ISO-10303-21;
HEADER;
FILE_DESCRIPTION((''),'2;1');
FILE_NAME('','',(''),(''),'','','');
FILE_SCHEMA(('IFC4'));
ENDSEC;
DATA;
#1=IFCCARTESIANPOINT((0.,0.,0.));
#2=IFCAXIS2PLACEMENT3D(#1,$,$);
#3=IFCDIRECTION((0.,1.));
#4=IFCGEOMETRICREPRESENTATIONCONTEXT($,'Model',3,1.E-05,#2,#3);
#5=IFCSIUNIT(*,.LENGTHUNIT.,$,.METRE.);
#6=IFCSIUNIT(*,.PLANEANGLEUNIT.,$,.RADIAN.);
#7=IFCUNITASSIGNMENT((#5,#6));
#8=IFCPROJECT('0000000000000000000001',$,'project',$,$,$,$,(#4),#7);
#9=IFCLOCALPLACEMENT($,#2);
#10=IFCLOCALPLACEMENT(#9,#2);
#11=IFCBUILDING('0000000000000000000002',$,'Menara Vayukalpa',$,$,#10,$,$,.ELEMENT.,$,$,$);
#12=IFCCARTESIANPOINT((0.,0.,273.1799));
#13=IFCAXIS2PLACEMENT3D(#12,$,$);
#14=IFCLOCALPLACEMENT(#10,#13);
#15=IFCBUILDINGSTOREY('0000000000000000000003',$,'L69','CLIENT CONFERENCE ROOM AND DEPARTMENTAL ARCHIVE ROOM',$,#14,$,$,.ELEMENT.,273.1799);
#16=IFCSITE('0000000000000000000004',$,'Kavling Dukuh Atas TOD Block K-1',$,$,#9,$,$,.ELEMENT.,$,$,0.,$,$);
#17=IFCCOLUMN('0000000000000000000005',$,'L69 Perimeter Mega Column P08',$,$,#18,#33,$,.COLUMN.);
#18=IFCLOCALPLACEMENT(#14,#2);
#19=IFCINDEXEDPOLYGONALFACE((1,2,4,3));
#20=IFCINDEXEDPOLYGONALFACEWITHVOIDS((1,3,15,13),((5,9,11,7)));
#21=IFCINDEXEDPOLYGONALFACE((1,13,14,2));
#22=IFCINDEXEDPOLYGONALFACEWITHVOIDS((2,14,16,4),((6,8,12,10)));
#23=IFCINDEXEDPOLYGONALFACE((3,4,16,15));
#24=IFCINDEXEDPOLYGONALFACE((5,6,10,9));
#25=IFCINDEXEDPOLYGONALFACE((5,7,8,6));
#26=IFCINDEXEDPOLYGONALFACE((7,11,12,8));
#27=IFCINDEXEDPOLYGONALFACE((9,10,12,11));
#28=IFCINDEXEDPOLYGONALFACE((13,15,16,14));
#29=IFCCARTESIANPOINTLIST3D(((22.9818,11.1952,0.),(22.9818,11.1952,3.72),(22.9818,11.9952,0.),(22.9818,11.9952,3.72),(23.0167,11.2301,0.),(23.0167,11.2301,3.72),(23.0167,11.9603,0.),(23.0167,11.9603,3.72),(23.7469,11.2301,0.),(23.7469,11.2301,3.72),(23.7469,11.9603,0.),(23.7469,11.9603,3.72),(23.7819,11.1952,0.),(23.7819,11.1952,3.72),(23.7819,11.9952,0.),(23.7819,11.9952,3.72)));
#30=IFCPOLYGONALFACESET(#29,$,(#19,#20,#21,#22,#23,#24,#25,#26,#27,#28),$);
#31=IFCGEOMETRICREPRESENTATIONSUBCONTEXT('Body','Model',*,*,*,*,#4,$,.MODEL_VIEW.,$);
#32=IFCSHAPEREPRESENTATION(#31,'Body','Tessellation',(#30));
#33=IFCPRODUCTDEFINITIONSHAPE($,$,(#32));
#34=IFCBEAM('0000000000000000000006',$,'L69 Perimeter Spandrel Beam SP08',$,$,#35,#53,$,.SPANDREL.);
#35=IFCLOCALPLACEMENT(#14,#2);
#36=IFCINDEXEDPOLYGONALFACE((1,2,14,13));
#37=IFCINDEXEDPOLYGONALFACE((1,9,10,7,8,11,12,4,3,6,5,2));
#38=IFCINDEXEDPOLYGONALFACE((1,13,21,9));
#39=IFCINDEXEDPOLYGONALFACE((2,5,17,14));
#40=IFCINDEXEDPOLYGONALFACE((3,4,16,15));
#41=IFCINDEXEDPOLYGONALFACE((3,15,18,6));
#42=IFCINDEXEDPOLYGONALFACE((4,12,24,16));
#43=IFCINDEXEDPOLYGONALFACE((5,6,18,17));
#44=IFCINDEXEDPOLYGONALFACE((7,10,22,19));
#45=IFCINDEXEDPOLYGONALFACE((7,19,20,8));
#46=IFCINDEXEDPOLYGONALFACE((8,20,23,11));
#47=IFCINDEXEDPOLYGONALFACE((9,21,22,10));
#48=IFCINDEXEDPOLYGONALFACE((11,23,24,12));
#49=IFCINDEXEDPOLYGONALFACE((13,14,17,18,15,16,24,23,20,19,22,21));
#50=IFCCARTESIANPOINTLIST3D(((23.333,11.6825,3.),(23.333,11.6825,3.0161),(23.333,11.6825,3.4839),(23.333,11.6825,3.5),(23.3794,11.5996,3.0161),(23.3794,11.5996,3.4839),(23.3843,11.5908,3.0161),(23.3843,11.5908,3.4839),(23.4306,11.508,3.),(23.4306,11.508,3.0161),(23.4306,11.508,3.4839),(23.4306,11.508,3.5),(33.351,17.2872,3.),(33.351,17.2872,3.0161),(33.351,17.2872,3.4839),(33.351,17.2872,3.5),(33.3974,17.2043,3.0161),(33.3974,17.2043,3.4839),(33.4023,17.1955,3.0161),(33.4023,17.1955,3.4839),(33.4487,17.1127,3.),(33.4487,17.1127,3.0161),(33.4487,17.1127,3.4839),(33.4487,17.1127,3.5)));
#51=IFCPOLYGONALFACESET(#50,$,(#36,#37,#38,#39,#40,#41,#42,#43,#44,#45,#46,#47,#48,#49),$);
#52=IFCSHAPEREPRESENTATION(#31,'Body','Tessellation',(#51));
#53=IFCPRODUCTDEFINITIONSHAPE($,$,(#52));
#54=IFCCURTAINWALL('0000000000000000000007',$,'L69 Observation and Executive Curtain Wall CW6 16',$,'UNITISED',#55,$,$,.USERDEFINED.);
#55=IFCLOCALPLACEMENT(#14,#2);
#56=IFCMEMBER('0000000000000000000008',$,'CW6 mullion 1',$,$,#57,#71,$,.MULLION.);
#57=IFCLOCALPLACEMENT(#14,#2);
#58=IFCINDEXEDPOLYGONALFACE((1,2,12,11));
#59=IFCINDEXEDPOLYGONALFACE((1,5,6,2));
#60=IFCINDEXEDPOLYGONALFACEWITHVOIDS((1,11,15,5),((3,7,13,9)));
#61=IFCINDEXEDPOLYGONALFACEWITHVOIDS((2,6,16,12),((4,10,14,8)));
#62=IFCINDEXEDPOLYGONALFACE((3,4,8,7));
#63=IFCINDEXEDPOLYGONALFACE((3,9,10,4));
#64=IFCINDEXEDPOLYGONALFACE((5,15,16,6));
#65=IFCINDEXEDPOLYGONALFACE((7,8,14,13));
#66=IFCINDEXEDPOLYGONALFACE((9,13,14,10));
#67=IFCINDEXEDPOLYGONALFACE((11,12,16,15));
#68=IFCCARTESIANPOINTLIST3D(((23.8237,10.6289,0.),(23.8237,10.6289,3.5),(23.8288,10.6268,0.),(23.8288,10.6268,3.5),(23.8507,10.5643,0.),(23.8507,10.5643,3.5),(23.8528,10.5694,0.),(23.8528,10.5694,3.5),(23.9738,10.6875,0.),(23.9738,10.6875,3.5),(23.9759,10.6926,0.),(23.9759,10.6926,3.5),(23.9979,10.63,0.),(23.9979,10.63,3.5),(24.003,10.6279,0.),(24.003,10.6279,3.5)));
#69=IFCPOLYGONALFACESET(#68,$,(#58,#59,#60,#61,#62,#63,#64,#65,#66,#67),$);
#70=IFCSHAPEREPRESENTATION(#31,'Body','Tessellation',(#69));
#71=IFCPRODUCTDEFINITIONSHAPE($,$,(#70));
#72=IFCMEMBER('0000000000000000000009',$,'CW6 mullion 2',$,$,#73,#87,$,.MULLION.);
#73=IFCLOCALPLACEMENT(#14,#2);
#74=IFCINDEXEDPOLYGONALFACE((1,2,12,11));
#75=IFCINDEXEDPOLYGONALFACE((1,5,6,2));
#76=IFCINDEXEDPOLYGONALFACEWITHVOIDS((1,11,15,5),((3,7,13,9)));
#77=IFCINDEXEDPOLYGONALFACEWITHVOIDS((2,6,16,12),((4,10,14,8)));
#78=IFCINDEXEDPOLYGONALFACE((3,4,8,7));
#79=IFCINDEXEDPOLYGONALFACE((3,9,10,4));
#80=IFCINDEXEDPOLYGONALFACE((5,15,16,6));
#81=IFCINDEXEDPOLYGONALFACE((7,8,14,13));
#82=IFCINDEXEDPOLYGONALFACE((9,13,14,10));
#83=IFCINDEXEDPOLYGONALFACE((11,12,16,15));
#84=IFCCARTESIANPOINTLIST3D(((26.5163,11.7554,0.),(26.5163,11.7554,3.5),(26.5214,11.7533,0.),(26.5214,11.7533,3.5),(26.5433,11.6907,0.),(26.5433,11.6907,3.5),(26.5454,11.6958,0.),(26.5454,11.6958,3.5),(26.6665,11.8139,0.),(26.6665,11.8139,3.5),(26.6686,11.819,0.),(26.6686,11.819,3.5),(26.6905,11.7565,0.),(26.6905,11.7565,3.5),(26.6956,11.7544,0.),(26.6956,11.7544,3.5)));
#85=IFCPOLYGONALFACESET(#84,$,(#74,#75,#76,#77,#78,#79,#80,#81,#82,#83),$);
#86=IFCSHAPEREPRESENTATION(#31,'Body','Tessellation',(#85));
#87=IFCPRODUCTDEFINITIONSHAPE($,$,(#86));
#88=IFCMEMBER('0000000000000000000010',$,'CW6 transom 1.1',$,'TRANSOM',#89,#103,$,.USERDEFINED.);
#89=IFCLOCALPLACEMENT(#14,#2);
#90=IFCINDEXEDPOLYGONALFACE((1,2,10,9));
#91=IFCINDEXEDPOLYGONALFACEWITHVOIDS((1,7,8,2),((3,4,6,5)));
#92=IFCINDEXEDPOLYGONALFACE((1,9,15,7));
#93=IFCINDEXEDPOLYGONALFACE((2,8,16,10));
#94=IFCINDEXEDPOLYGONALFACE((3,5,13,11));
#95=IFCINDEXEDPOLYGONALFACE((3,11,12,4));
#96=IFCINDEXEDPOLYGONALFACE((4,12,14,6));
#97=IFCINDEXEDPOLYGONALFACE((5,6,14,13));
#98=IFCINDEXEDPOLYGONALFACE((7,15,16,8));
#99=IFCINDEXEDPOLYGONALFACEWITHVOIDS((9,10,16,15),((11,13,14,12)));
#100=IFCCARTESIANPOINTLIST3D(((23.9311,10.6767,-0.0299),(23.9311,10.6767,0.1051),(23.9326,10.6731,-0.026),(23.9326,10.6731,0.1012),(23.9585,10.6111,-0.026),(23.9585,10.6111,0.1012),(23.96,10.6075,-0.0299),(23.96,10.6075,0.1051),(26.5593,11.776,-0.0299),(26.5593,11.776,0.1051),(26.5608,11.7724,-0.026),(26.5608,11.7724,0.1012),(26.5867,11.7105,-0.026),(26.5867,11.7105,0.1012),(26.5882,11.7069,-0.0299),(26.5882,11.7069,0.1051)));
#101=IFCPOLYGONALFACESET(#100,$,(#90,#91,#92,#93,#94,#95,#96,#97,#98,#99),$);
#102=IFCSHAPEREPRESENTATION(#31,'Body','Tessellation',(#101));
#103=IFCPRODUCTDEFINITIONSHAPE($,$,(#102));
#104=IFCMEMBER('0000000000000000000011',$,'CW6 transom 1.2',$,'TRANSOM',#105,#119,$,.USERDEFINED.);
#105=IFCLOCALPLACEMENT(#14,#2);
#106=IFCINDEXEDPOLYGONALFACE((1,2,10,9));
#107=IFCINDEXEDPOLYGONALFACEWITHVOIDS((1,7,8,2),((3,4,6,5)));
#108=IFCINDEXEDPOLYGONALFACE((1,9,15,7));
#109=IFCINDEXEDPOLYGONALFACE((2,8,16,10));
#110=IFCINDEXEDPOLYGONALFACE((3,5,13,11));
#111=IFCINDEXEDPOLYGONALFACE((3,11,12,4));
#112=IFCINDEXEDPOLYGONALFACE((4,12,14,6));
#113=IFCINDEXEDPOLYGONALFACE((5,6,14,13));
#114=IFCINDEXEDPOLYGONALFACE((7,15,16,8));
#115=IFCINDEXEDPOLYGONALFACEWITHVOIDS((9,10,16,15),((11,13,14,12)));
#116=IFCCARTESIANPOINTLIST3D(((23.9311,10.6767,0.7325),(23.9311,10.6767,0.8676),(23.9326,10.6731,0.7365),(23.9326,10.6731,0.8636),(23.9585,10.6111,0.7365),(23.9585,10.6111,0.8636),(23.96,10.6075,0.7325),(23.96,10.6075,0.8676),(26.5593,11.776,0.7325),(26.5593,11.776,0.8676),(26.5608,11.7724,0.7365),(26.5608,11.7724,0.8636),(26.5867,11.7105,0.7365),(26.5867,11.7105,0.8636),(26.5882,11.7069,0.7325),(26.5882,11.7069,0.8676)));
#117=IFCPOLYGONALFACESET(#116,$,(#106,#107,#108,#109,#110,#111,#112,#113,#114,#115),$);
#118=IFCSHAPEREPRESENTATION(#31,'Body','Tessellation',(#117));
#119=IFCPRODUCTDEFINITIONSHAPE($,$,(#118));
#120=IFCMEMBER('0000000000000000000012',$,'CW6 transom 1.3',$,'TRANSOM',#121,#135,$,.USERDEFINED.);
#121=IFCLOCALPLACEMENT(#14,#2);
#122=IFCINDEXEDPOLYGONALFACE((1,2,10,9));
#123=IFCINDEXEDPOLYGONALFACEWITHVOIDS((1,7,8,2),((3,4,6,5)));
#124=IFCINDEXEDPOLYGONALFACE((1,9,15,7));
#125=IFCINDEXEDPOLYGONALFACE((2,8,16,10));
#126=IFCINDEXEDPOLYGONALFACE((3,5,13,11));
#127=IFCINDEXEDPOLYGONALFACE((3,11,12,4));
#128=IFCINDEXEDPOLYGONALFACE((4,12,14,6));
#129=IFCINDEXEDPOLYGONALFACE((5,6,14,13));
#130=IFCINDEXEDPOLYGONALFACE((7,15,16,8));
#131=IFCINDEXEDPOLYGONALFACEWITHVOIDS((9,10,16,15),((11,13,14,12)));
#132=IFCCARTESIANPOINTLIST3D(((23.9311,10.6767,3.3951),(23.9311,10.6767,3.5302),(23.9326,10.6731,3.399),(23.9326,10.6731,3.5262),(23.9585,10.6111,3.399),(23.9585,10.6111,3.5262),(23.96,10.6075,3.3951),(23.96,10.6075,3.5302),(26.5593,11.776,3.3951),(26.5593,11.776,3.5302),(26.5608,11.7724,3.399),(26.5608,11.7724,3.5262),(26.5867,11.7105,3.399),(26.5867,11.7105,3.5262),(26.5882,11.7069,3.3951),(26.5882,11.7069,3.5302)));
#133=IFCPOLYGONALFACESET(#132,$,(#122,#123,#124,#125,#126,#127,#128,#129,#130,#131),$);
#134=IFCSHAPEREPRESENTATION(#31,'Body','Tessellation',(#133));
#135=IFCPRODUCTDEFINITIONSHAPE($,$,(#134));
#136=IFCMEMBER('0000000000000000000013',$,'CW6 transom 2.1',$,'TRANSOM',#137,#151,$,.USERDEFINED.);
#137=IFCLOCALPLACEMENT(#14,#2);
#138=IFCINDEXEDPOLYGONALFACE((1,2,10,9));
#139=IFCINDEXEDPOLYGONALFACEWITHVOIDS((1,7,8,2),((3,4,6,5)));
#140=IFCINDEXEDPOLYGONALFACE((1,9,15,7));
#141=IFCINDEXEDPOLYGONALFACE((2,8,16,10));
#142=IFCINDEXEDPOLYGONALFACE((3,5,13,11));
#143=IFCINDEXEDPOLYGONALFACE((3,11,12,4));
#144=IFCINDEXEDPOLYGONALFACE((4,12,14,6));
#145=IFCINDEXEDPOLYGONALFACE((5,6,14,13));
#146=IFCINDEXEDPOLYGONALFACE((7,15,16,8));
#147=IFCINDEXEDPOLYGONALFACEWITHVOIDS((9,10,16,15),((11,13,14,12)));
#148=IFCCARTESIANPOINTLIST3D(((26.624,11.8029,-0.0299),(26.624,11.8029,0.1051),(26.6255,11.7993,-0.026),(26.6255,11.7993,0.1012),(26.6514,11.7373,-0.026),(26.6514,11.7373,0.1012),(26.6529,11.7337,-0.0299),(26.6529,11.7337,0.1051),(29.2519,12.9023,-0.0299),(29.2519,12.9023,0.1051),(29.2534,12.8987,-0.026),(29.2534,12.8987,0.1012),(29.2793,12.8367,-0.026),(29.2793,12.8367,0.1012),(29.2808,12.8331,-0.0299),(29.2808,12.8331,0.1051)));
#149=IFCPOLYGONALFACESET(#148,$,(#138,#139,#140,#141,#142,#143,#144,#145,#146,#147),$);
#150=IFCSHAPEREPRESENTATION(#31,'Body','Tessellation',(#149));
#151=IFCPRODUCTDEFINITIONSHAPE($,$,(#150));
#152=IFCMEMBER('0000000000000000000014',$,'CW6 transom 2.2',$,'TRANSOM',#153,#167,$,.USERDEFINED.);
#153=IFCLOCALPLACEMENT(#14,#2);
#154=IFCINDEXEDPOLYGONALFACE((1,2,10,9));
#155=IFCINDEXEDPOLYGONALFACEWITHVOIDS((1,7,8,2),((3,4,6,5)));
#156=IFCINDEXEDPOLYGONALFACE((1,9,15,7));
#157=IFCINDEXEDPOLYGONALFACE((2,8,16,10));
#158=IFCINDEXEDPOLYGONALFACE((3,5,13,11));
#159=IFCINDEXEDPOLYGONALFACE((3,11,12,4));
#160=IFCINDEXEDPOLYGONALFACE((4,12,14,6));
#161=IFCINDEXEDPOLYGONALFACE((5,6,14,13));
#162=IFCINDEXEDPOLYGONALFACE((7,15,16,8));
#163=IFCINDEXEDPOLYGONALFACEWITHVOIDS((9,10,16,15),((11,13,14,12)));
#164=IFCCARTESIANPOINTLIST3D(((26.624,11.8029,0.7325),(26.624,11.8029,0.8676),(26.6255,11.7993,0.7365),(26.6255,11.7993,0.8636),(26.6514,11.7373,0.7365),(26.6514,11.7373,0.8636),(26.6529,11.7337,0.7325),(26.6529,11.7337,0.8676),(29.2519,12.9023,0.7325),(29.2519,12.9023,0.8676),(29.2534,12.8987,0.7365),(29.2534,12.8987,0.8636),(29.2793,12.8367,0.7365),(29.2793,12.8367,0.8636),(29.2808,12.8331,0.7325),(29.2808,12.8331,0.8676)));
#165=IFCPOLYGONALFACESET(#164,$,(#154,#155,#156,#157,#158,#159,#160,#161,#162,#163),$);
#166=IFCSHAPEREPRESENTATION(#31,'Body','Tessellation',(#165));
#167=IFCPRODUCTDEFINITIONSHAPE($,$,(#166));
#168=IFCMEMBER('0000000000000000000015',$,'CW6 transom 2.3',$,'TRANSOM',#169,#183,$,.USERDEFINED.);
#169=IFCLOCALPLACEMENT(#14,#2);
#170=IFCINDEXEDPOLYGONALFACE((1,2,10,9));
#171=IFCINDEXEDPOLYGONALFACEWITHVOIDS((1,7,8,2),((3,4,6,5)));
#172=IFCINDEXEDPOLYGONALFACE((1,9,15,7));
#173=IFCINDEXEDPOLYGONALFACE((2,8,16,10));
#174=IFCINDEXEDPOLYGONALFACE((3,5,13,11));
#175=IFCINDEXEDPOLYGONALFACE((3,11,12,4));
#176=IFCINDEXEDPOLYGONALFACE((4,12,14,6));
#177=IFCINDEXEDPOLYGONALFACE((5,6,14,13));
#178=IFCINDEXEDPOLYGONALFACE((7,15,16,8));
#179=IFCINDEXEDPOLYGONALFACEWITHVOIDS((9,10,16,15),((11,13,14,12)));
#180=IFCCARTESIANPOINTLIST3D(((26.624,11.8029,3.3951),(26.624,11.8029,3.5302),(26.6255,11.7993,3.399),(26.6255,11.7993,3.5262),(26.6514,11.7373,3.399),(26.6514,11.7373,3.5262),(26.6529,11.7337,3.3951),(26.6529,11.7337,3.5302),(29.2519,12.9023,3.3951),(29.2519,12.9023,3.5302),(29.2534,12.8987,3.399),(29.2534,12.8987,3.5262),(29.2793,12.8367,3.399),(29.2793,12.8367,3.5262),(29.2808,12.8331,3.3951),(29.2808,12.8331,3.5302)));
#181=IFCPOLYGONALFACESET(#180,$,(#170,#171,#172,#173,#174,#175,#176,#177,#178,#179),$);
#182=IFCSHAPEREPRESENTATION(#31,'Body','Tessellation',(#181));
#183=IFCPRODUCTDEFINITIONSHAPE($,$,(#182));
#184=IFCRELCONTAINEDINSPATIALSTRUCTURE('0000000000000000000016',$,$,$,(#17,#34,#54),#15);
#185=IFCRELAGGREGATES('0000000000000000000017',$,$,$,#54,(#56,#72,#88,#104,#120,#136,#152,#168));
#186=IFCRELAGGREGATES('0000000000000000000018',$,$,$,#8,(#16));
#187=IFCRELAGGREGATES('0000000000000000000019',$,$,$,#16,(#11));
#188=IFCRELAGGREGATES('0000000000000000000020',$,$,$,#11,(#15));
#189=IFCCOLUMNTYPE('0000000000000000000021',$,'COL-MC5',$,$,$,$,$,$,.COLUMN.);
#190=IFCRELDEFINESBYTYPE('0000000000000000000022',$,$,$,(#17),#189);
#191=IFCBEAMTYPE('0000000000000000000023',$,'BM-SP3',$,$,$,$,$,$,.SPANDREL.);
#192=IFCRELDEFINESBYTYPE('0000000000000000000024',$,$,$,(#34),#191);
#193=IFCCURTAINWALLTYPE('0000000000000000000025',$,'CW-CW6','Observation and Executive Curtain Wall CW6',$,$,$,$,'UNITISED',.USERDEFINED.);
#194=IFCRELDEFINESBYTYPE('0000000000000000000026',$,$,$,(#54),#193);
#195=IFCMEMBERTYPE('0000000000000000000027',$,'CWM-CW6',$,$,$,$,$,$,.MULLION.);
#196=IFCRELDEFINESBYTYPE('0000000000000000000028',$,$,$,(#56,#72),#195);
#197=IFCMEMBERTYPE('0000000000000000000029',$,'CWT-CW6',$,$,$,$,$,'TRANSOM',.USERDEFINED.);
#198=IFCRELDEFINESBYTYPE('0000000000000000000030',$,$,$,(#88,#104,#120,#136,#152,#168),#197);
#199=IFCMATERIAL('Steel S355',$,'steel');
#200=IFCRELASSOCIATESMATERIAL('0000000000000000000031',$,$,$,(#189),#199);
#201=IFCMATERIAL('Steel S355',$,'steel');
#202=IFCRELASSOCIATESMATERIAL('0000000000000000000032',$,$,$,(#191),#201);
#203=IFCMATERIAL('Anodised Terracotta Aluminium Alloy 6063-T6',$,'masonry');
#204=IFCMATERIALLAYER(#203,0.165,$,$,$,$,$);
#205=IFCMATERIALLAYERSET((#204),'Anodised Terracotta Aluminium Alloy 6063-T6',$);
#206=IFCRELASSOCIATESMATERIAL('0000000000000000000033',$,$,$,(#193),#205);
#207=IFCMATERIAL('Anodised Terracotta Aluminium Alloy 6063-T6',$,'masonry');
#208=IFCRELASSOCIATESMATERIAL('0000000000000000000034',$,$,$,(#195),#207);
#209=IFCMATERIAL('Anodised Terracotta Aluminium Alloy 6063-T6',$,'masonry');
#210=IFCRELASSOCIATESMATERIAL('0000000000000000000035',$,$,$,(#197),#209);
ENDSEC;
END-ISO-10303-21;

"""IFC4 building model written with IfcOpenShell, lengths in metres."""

from ifc_helpers import new_model, si_unit, direction, frame, origin, origin_2d, place, context, subcontext, project, spatial, hollow_rectangle, i_section, extrude, material, layer, layer_set, material_profile, profile_set, type_object, element, aggregate, save


model = new_model("IFC4")

# Units and contexts
model_context = context("Model", 3, precision=1e-05, world=origin(), true_north=direction((0.0, 1.0)))
body_context = subcontext(model_context, "Body", "Model", "MODEL_VIEW")
ifc_project = project(units=[si_unit("LENGTHUNIT", "METRE"), si_unit("PLANEANGLEUNIT", "RADIAN")], contexts=[model_context])

# Site, building, storey
site_placement = place(None, origin())
site = spatial("IfcSite", under=ifc_project, at=site_placement, Name="Kavling Dukuh Atas TOD Block K-1", CompositionType="ELEMENT", RefElevation=0.0)
building_placement = place(site_placement, origin())
building = spatial("IfcBuilding", under=site, at=building_placement, Name="Menara Vayukalpa", CompositionType="ELEMENT")
storey_placement = place(building_placement, frame((0.0, 0.0, 273.1799)))
storey = spatial("IfcBuildingStorey", under=building, at=storey_placement, Name="L69", Description="CLIENT CONFERENCE ROOM AND DEPARTMENTAL ARCHIVE ROOM", CompositionType="ELEMENT", Elevation=273.1799)

# Column
ifc_material_1 = material(Name="Steel S355", Category="steel")
ifc_material_profile_1 = material_profile(ifc_material_1, hollow_rectangle(XDim=0.8, YDim=0.8, WallThickness=0.0349, at=origin_2d()), Name="BOX 800x800x35")
ifc_profile_set_1 = profile_set([ifc_material_profile_1], Name="Steel S355")
column_type = type_object("IfcColumnType", Name="COL-MC5", PredefinedType="COLUMN", material=ifc_profile_set_1)
column_placement = place(storey_placement, frame((23.3818, 11.5952, 0.0), z_axis=(0.0, 0.0, 1.0), x_axis=(1.0, 0.0, 0.0)))
element("IfcColumn", 1, at=column_placement, inside=storey, type_object=column_type, Name="L69 Perimeter Mega Column P08", PredefinedType="COLUMN", context=body_context, shape_type="SweptSolid", body=[
    extrude(hollow_rectangle(XDim=0.8, YDim=0.8, WallThickness=0.0349, at=origin_2d()), origin(), (0.0, 0.0, 1.0), 3.72),
])

# Beam
ifc_material_2 = material(Name="Steel S355", Category="steel")
ifc_material_profile_2 = material_profile(ifc_material_2, i_section(OverallWidth=0.2, OverallDepth=0.5, WebThickness=0.01, FlangeThickness=0.0161, at=origin_2d()), Name="WF 500x200x10x16")
ifc_profile_set_2 = profile_set([ifc_material_profile_2], Name="Steel S355")
beam_type = type_object("IfcBeamType", Name="BM-SP3", PredefinedType="SPANDREL", material=ifc_profile_set_2)
beam_placement = place(storey_placement, frame((23.3818, 11.5952, 3.25), z_axis=(0.872706, 0.488246, 0.0), x_axis=(-0.488246, 0.872706, 0.0)))
element("IfcBeam", 2, at=beam_placement, inside=storey, type_object=beam_type, Name="L69 Perimeter Spandrel Beam SP08", PredefinedType="SPANDREL", context=body_context, shape_type="SweptSolid", body=[
    extrude(i_section(OverallWidth=0.2, OverallDepth=0.5, WebThickness=0.01, FlangeThickness=0.0161, at=origin_2d()), origin(), (0.0, 0.0, 1.0), 11.4792),
])

# Curtain wall, members
ifc_material_3 = material(Name="Anodised Terracotta Aluminium Alloy 6063-T6", Category="masonry")
ifc_layer_1 = layer(ifc_material_3, 0.165)
ifc_layer_set_1 = layer_set([ifc_layer_1], Name="Anodised Terracotta Aluminium Alloy 6063-T6")
curtain_wall_type = type_object("IfcCurtainWallType", Name="CW-CW6", Description="Observation and Executive Curtain Wall CW6", ElementType="UNITISED", PredefinedType="USERDEFINED", material=ifc_layer_set_1)
curtain_wall_placement = place(storey_placement, origin())
curtain_wall = element("IfcCurtainWall", 3, at=curtain_wall_placement, inside=storey, type_object=curtain_wall_type, Name="L69 Observation and Executive Curtain Wall CW6 16", ObjectType="UNITISED", PredefinedType="USERDEFINED")
ifc_material_4 = material(Name="Anodised Terracotta Aluminium Alloy 6063-T6", Category="masonry")
ifc_material_profile_3 = material_profile(ifc_material_4, hollow_rectangle(XDim=0.0701, YDim=0.165, WallThickness=0.0039, at=origin_2d()), Name="ALU 70x165x4")
ifc_profile_set_3 = profile_set([ifc_material_profile_3], Name="Anodised Terracotta Aluminium Alloy 6063-T6")
member_type_1 = type_object("IfcMemberType", Name="CWM-CW6", PredefinedType="MULLION", material=ifc_profile_set_3)
member_1_placement = place(storey_placement, frame((23.9133, 10.6284, 0.0), z_axis=(0.0, 0.0, 1.0), x_axis=(-0.3859, 0.922541, 0.0)))
member_1 = element("IfcMember", 4, at=member_1_placement, type_object=member_type_1, Name="CW6 mullion 1", PredefinedType="MULLION", context=body_context, shape_type="SweptSolid", body=[
    extrude(hollow_rectangle(XDim=0.0701, YDim=0.165, WallThickness=0.0039, at=origin_2d()), origin(), (0.0, 0.0, 1.0), 3.5),
])
member_2_placement = place(storey_placement, frame((26.606, 11.7549, 0.0), z_axis=(0.0, 0.0, 1.0), x_axis=(-0.3859, 0.922541, 0.0)))
member_2 = element("IfcMember", 5, at=member_2_placement, type_object=member_type_1, Name="CW6 mullion 2", PredefinedType="MULLION", context=body_context, shape_type="SweptSolid", body=[
    extrude(hollow_rectangle(XDim=0.0701, YDim=0.165, WallThickness=0.0039, at=origin_2d()), origin(), (0.0, 0.0, 1.0), 3.5),
])
ifc_material_5 = material(Name="Anodised Terracotta Aluminium Alloy 6063-T6", Category="masonry")
ifc_material_profile_4 = material_profile(ifc_material_5, hollow_rectangle(XDim=0.075, YDim=0.135, WallThickness=0.0039, at=origin_2d()), Name="ALU 75x135x4")
ifc_profile_set_4 = profile_set([ifc_material_profile_4], Name="Anodised Terracotta Aluminium Alloy 6063-T6")
member_type_2 = type_object("IfcMemberType", Name="CWT-CW6", ElementType="TRANSOM", PredefinedType="USERDEFINED", material=ifc_profile_set_4)
member_3_placement = place(storey_placement, frame((23.9456, 10.6421, 0.0376), z_axis=(0.922541, 0.385899, 0.0), x_axis=(-0.385899, 0.922541, 0.0)))
member_3 = element("IfcMember", 6, at=member_3_placement, type_object=member_type_2, Name="CW6 transom 1.1", ObjectType="TRANSOM", PredefinedType="USERDEFINED", context=body_context, shape_type="SweptSolid", body=[
    extrude(hollow_rectangle(XDim=0.075, YDim=0.135, WallThickness=0.0039, at=origin_2d()), origin(), (0.0, 0.0, 1.0), 2.8489),
])
member_4_placement = place(storey_placement, frame((23.9456, 10.6421, 0.8), z_axis=(0.922541, 0.385899, 0.0), x_axis=(-0.385899, 0.922541, 0.0)))
member_4 = element("IfcMember", 7, at=member_4_placement, type_object=member_type_2, Name="CW6 transom 1.2", ObjectType="TRANSOM", PredefinedType="USERDEFINED", context=body_context, shape_type="SweptSolid", body=[
    extrude(hollow_rectangle(XDim=0.075, YDim=0.135, WallThickness=0.0039, at=origin_2d()), origin(), (0.0, 0.0, 1.0), 2.8489),
])
member_5_placement = place(storey_placement, frame((23.9456, 10.6421, 3.4626), z_axis=(0.922541, 0.385899, 0.0), x_axis=(-0.385899, 0.922541, 0.0)))
member_5 = element("IfcMember", 8, at=member_5_placement, type_object=member_type_2, Name="CW6 transom 1.3", ObjectType="TRANSOM", PredefinedType="USERDEFINED", context=body_context, shape_type="SweptSolid", body=[
    extrude(hollow_rectangle(XDim=0.075, YDim=0.135, WallThickness=0.0039, at=origin_2d()), origin(), (0.0, 0.0, 1.0), 2.8489),
])
member_6_placement = place(storey_placement, frame((26.6384, 11.7683, 0.0376), z_axis=(0.922528, 0.385929, 0.0), x_axis=(-0.385929, 0.922528, 0.0)))
member_6 = element("IfcMember", 9, at=member_6_placement, type_object=member_type_2, Name="CW6 transom 2.1", ObjectType="TRANSOM", PredefinedType="USERDEFINED", context=body_context, shape_type="SweptSolid", body=[
    extrude(hollow_rectangle(XDim=0.075, YDim=0.135, WallThickness=0.0039, at=origin_2d()), origin(), (0.0, 0.0, 1.0), 2.8486),
])
member_7_placement = place(storey_placement, frame((26.6384, 11.7683, 0.8), z_axis=(0.922528, 0.385929, 0.0), x_axis=(-0.385929, 0.922528, 0.0)))
member_7 = element("IfcMember", 10, at=member_7_placement, type_object=member_type_2, Name="CW6 transom 2.2", ObjectType="TRANSOM", PredefinedType="USERDEFINED", context=body_context, shape_type="SweptSolid", body=[
    extrude(hollow_rectangle(XDim=0.075, YDim=0.135, WallThickness=0.0039, at=origin_2d()), origin(), (0.0, 0.0, 1.0), 2.8486),
])
member_8_placement = place(storey_placement, frame((26.6384, 11.7683, 3.4626), z_axis=(0.922528, 0.385929, 0.0), x_axis=(-0.385929, 0.922528, 0.0)))
member_8 = element("IfcMember", 11, at=member_8_placement, type_object=member_type_2, Name="CW6 transom 2.3", ObjectType="TRANSOM", PredefinedType="USERDEFINED", context=body_context, shape_type="SweptSolid", body=[
    extrude(hollow_rectangle(XDim=0.075, YDim=0.135, WallThickness=0.0039, at=origin_2d()), origin(), (0.0, 0.0, 1.0), 2.8486),
])
aggregate(curtain_wall, [member_1, member_2, member_3, member_4, member_5, member_6, member_7, member_8])

save(model, "model.ifc")
